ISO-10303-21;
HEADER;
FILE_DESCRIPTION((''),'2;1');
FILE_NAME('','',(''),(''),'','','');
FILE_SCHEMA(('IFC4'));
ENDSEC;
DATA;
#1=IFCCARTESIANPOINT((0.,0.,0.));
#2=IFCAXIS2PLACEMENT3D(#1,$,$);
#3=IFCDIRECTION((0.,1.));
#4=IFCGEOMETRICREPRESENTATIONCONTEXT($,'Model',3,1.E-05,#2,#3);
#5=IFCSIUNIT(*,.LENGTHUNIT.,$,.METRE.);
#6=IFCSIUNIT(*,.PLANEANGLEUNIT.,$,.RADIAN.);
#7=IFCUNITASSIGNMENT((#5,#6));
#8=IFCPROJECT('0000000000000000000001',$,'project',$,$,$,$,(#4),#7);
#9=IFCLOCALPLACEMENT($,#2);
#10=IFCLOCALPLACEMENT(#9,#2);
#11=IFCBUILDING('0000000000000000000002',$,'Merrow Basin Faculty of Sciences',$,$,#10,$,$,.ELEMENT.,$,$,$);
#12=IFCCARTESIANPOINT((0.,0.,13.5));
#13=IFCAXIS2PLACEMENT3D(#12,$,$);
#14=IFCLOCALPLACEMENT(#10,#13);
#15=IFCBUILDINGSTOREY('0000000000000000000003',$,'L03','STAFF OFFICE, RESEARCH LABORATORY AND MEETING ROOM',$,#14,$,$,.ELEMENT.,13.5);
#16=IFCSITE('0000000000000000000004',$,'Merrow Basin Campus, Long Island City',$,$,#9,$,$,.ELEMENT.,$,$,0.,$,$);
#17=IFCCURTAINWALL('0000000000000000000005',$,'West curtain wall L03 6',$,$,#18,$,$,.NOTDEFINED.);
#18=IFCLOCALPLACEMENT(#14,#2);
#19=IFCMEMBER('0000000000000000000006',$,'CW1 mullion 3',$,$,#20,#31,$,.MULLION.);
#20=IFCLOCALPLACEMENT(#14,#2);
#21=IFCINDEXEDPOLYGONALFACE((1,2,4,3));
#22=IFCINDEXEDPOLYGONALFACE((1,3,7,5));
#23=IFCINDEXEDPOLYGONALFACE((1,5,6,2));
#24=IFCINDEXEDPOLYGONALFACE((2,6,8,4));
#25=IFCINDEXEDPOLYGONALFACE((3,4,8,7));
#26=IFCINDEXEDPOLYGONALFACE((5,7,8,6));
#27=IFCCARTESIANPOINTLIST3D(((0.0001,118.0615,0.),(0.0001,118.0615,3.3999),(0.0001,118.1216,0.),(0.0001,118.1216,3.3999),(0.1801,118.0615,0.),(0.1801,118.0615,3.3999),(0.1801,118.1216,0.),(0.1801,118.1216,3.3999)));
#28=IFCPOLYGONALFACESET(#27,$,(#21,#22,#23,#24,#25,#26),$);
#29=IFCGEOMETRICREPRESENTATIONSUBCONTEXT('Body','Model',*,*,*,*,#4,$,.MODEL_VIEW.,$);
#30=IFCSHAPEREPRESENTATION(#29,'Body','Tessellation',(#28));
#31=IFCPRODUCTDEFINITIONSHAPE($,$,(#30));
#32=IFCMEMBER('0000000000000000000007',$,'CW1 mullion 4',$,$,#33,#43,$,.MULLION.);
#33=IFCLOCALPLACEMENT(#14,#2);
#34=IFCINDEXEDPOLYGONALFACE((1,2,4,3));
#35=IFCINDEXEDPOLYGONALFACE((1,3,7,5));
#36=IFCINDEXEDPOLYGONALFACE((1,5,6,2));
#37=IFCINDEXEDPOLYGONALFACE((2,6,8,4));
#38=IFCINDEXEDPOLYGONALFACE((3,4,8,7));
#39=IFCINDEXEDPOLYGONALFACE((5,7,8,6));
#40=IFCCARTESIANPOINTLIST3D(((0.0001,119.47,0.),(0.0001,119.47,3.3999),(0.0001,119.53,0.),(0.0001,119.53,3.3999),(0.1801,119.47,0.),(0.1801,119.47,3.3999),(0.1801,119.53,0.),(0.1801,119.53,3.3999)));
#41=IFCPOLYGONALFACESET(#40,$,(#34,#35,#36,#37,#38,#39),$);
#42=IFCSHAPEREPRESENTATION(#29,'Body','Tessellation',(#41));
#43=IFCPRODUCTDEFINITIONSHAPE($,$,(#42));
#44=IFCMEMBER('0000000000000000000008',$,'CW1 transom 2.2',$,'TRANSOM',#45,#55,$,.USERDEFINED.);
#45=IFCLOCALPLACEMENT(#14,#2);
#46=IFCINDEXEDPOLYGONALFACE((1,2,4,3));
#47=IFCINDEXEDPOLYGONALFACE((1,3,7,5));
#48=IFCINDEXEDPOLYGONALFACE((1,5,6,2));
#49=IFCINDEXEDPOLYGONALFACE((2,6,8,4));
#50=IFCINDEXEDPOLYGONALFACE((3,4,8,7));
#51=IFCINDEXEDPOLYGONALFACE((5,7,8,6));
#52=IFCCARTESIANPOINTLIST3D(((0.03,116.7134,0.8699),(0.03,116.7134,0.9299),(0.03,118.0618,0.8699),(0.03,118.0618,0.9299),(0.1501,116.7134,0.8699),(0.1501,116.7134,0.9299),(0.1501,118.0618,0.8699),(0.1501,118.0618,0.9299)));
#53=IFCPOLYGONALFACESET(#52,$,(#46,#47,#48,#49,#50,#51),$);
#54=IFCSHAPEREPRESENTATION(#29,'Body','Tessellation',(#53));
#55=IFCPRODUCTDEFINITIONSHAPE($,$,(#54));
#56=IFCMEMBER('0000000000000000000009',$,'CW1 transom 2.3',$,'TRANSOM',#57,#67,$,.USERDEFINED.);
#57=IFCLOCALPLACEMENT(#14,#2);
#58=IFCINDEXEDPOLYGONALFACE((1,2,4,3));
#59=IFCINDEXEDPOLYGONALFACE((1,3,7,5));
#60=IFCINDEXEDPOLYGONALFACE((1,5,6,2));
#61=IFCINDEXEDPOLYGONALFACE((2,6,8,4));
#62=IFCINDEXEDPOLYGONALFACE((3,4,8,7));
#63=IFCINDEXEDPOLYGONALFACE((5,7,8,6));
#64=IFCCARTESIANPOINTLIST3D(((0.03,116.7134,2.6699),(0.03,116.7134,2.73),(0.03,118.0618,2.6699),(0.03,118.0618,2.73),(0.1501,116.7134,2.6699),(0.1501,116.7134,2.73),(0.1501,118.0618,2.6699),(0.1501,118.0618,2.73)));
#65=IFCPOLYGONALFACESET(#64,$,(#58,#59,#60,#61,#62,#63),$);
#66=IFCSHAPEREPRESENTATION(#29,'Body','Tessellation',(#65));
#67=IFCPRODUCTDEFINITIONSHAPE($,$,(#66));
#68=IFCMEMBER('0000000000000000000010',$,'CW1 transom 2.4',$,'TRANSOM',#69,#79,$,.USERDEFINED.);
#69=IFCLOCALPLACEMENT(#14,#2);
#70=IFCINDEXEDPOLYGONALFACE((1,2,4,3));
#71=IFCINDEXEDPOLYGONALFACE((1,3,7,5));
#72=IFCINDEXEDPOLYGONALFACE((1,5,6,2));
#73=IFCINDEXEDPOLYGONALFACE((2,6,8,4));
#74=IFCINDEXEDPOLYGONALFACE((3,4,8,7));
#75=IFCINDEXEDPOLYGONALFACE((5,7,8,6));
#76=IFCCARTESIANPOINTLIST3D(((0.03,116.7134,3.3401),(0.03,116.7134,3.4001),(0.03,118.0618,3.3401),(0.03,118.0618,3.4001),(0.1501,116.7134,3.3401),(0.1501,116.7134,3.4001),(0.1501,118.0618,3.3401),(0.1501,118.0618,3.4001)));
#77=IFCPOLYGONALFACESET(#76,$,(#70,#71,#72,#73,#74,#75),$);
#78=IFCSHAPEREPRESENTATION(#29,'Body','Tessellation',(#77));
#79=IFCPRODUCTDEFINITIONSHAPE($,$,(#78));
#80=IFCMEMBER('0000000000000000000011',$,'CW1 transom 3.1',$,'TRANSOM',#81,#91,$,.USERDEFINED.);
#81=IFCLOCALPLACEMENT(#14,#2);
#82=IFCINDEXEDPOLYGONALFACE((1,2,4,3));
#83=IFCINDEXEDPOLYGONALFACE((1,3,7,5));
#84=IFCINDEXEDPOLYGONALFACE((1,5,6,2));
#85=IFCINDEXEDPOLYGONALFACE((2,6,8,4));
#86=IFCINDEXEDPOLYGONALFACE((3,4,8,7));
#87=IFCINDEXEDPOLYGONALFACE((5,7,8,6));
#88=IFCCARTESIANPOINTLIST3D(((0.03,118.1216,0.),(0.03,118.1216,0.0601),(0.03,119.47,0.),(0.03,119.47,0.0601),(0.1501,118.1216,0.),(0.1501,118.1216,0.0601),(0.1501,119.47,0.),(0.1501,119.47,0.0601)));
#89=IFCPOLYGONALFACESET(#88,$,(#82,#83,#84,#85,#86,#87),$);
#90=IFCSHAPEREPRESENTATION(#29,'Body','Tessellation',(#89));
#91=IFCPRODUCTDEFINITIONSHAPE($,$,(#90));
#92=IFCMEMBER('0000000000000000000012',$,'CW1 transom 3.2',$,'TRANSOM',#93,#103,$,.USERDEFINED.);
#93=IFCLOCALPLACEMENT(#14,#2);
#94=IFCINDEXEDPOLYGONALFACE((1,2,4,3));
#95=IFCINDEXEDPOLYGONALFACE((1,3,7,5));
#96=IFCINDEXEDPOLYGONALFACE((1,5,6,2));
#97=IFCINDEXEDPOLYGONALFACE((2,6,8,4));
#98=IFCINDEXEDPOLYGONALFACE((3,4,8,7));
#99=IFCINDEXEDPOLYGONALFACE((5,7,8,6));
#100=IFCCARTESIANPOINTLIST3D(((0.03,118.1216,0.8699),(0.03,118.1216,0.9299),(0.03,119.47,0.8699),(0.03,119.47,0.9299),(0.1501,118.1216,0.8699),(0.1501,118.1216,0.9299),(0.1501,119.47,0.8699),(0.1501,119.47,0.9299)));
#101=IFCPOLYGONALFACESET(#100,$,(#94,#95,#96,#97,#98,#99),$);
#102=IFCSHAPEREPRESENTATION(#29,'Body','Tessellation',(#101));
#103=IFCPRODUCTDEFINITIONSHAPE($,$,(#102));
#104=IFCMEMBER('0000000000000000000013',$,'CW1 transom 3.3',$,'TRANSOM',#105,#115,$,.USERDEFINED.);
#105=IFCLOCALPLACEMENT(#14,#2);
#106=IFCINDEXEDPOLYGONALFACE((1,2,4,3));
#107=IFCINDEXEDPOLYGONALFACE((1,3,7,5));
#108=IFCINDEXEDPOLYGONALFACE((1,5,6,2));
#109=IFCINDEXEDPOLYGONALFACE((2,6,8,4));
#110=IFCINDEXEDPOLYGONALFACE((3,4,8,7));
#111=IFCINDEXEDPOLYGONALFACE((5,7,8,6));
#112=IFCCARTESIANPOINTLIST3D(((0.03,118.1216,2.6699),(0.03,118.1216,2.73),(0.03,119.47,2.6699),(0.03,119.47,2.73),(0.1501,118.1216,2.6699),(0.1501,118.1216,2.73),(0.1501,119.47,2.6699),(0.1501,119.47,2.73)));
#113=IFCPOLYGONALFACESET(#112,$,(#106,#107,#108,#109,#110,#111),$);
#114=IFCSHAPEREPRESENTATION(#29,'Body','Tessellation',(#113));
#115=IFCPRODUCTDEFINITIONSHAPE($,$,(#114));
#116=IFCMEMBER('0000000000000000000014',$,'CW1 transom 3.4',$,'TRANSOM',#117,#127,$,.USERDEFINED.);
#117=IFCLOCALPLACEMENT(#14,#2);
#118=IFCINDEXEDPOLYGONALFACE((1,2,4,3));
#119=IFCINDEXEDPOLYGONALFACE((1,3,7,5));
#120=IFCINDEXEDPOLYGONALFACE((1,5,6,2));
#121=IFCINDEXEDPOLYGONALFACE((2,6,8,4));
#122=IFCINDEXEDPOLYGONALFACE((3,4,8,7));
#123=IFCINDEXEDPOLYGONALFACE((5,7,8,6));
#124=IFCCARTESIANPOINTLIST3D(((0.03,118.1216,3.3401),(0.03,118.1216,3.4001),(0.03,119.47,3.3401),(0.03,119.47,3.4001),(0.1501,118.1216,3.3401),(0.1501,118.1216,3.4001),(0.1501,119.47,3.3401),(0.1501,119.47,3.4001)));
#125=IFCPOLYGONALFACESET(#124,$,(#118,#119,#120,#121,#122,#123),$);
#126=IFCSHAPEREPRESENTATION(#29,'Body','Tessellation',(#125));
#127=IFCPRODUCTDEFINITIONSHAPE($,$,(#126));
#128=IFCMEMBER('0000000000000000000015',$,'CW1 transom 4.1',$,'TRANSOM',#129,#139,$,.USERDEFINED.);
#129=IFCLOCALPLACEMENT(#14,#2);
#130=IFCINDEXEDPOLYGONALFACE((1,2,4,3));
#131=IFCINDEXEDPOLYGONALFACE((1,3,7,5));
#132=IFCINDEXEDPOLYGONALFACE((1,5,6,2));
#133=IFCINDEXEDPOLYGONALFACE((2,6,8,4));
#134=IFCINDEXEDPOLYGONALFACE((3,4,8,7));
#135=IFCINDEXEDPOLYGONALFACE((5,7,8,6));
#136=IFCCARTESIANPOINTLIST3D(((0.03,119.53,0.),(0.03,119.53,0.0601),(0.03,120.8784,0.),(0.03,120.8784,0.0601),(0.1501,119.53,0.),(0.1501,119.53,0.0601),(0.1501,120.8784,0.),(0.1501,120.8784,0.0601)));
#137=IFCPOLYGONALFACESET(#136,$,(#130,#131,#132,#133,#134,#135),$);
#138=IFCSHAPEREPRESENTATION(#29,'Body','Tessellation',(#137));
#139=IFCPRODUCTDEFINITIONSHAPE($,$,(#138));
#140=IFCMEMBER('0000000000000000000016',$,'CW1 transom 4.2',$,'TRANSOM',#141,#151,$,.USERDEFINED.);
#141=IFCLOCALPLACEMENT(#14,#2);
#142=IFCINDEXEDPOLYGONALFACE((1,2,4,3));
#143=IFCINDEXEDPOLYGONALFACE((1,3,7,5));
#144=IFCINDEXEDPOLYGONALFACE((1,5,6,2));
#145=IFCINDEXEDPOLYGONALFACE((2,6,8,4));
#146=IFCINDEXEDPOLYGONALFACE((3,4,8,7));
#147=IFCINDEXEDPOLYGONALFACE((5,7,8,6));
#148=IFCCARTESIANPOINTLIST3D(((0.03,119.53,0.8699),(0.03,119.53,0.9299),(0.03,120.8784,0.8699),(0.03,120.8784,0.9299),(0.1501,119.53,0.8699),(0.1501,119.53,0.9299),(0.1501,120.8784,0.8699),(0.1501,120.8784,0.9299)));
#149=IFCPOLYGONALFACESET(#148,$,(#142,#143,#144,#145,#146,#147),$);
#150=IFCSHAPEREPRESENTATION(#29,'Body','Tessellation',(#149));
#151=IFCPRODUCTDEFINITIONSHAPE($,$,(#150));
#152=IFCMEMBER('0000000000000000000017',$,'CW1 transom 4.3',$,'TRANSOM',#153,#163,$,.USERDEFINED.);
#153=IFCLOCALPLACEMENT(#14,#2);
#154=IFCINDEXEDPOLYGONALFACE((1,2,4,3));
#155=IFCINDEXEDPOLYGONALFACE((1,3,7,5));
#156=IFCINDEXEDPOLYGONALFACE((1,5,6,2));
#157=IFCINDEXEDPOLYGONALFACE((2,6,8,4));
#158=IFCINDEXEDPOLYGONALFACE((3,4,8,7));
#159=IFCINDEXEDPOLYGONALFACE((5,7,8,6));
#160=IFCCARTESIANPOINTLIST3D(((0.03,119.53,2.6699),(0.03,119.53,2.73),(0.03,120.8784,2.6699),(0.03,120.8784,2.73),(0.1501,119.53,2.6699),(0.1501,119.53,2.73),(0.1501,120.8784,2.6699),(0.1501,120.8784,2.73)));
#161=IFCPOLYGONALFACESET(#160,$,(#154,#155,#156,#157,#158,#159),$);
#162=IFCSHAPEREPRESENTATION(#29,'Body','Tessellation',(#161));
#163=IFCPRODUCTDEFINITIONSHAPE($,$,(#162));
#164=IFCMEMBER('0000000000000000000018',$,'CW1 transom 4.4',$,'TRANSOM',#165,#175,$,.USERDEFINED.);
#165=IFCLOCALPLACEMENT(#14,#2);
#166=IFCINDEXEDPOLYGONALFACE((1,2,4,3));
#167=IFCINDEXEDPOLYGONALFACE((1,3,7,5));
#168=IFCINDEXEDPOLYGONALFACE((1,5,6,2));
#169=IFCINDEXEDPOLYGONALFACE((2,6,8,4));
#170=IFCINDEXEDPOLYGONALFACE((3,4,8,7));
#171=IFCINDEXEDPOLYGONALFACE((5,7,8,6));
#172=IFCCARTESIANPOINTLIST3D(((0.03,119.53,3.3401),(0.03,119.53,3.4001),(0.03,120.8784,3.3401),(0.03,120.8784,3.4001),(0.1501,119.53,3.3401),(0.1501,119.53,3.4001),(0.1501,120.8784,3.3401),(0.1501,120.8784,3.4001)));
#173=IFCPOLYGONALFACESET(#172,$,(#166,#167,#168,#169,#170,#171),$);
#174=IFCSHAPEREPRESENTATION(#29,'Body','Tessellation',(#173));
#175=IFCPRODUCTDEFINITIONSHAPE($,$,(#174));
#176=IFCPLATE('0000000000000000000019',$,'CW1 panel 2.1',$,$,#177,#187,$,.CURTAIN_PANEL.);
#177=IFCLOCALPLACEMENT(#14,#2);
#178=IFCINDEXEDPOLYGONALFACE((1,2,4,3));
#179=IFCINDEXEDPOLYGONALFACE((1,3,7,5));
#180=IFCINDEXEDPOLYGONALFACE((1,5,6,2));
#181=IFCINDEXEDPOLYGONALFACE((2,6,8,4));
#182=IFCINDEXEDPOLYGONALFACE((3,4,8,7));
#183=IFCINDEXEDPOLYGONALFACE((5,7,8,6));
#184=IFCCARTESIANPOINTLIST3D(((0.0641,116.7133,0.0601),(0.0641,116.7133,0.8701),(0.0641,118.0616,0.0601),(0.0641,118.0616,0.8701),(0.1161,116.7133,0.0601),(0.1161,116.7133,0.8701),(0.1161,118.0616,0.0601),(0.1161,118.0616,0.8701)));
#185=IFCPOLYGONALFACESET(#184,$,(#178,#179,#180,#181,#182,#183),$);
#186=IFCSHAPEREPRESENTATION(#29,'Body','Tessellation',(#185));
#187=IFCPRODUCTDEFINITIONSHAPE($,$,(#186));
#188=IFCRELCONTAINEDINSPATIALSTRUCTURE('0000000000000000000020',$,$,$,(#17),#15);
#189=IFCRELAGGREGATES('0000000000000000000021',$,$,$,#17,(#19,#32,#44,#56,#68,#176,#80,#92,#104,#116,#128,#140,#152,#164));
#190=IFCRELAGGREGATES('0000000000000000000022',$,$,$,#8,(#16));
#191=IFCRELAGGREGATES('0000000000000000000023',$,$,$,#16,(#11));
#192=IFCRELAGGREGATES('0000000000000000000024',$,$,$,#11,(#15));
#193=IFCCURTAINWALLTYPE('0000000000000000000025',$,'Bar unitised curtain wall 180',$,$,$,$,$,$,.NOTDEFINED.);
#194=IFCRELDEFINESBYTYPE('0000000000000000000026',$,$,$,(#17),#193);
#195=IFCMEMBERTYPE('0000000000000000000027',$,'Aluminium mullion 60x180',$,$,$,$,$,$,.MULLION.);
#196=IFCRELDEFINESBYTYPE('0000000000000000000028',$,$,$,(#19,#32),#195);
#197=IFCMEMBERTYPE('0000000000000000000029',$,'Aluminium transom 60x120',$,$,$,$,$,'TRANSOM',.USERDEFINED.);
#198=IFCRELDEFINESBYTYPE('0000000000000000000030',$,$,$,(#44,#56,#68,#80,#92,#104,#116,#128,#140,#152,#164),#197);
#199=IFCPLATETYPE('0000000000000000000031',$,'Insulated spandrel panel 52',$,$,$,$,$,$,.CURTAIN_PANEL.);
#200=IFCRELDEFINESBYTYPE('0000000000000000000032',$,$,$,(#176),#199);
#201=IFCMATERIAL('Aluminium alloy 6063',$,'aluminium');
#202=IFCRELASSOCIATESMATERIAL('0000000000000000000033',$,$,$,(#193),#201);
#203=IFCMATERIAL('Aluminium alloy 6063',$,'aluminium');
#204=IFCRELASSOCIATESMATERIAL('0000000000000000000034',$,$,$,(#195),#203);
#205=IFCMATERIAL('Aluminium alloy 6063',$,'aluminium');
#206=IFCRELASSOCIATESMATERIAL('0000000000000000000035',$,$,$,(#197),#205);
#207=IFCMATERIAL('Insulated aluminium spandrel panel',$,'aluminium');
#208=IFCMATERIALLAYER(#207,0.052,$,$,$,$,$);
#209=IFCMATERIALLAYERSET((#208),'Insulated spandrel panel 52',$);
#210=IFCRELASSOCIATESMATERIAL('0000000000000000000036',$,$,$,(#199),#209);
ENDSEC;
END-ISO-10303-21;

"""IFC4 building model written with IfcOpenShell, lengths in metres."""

from ifc_helpers import new_model, si_unit, direction, frame, origin, origin_2d, place, context, subcontext, project, spatial, rectangle, extrude, material, layer, layer_set, material_profile, profile_set, type_object, element, aggregate, save


model = new_model("IFC4")

# Units and contexts
model_context = context("Model", 3, precision=1e-05, world=origin(), true_north=direction((0.0, 1.0)))
body_context = subcontext(model_context, "Body", "Model", "MODEL_VIEW")
ifc_project = project(units=[si_unit("LENGTHUNIT", "METRE"), si_unit("PLANEANGLEUNIT", "RADIAN")], contexts=[model_context])

# Site, building, storey
site_placement = place(None, origin())
site = spatial("IfcSite", under=ifc_project, at=site_placement, Name="Merrow Basin Campus, Long Island City", CompositionType="ELEMENT", RefElevation=0.0)
building_placement = place(site_placement, origin())
building = spatial("IfcBuilding", under=site, at=building_placement, Name="Merrow Basin Faculty of Sciences", CompositionType="ELEMENT")
storey_placement = place(building_placement, frame((0.0, 0.0, 13.5)))
storey = spatial("IfcBuildingStorey", under=building, at=storey_placement, Name="L03", Description="STAFF OFFICE, RESEARCH LABORATORY AND MEETING ROOM", CompositionType="ELEMENT", Elevation=13.5)

# Curtain wall, members, plate
ifc_material_1 = material(Name="Aluminium alloy 6063", Category="aluminium")
curtain_wall_type = type_object("IfcCurtainWallType", Name="Bar unitised curtain wall 180", PredefinedType="NOTDEFINED", material=ifc_material_1)
curtain_wall_placement = place(storey_placement, origin())
curtain_wall = element("IfcCurtainWall", 1, at=curtain_wall_placement, inside=storey, type_object=curtain_wall_type, Name="West curtain wall L03 6", PredefinedType="NOTDEFINED")
ifc_material_2 = material(Name="Aluminium alloy 6063", Category="aluminium")
ifc_material_profile_1 = material_profile(ifc_material_2, rectangle(XDim=0.1799, YDim=0.0601, at=origin_2d()))
ifc_profile_set_1 = profile_set([ifc_material_profile_1], Name="Aluminium alloy 6063")
member_type_1 = type_object("IfcMemberType", Name="Aluminium mullion 60x180", PredefinedType="MULLION", material=ifc_profile_set_1)
member_1_placement = place(storey_placement, frame((0.0901, 118.0916, 0.0), z_axis=(0.0, 0.0, 1.0), x_axis=(-1.0, 0.0, 0.0)))
member_1 = element("IfcMember", 2, at=member_1_placement, type_object=member_type_1, Name="CW1 mullion 3", PredefinedType="MULLION", context=body_context, shape_type="SweptSolid", body=[
    extrude(rectangle(XDim=0.1799, YDim=0.0601, at=origin_2d()), origin(), (0.0, 0.0, 1.0), 3.3999),
])
member_2_placement = place(storey_placement, frame((0.0901, 119.5, 0.0), z_axis=(0.0, 0.0, 1.0), x_axis=(-1.0, 0.0, 0.0)))
member_2 = element("IfcMember", 3, at=member_2_placement, type_object=member_type_1, Name="CW1 mullion 4", PredefinedType="MULLION", context=body_context, shape_type="SweptSolid", body=[
    extrude(rectangle(XDim=0.1799, YDim=0.0601, at=origin_2d()), origin(), (0.0, 0.0, 1.0), 3.3999),
])
ifc_material_3 = material(Name="Aluminium alloy 6063", Category="aluminium")
ifc_material_profile_2 = material_profile(ifc_material_3, rectangle(XDim=0.1201, YDim=0.0601, at=origin_2d()))
ifc_profile_set_2 = profile_set([ifc_material_profile_2], Name="Aluminium alloy 6063")
member_type_2 = type_object("IfcMemberType", Name="Aluminium transom 60x120", ElementType="TRANSOM", PredefinedType="USERDEFINED", material=ifc_profile_set_2)
member_3_placement = place(storey_placement, frame((0.0901, 116.7134, 0.8999), z_axis=(0.0, 1.0, 0.0), x_axis=(-1.0, 0.0, 0.0)))
member_3 = element("IfcMember", 4, at=member_3_placement, type_object=member_type_2, Name="CW1 transom 2.2", ObjectType="TRANSOM", PredefinedType="USERDEFINED", context=body_context, shape_type="SweptSolid", body=[
    extrude(rectangle(XDim=0.1201, YDim=0.0601, at=origin_2d()), origin(), (0.0, 0.0, 1.0), 1.3484),
])
member_4_placement = place(storey_placement, frame((0.0901, 116.7134, 2.7), z_axis=(0.0, 1.0, 0.0), x_axis=(-1.0, 0.0, 0.0)))
member_4 = element("IfcMember", 5, at=member_4_placement, type_object=member_type_2, Name="CW1 transom 2.3", ObjectType="TRANSOM", PredefinedType="USERDEFINED", context=body_context, shape_type="SweptSolid", body=[
    extrude(rectangle(XDim=0.1201, YDim=0.0601, at=origin_2d()), origin(), (0.0, 0.0, 1.0), 1.3484),
])
member_5_placement = place(storey_placement, frame((0.0901, 116.7134, 3.3701), z_axis=(0.0, 1.0, 0.0), x_axis=(-1.0, 0.0, 0.0)))
member_5 = element("IfcMember", 6, at=member_5_placement, type_object=member_type_2, Name="CW1 transom 2.4", ObjectType="TRANSOM", PredefinedType="USERDEFINED", context=body_context, shape_type="SweptSolid", body=[
    extrude(rectangle(XDim=0.1201, YDim=0.0601, at=origin_2d()), origin(), (0.0, 0.0, 1.0), 1.3484),
])
member_6_placement = place(storey_placement, frame((0.0901, 118.1216, 0.03), z_axis=(0.0, 1.0, 0.0), x_axis=(-1.0, 0.0, 0.0)))
member_6 = element("IfcMember", 7, at=member_6_placement, type_object=member_type_2, Name="CW1 transom 3.1", ObjectType="TRANSOM", PredefinedType="USERDEFINED", context=body_context, shape_type="SweptSolid", body=[
    extrude(rectangle(XDim=0.1201, YDim=0.0601, at=origin_2d()), origin(), (0.0, 0.0, 1.0), 1.3484),
])
member_7_placement = place(storey_placement, frame((0.0901, 118.1216, 0.8999), z_axis=(0.0, 1.0, 0.0), x_axis=(-1.0, 0.0, 0.0)))
member_7 = element("IfcMember", 8, at=member_7_placement, type_object=member_type_2, Name="CW1 transom 3.2", ObjectType="TRANSOM", PredefinedType="USERDEFINED", context=body_context, shape_type="SweptSolid", body=[
    extrude(rectangle(XDim=0.1201, YDim=0.0601, at=origin_2d()), origin(), (0.0, 0.0, 1.0), 1.3484),
])
member_8_placement = place(storey_placement, frame((0.0901, 118.1216, 2.7), z_axis=(0.0, 1.0, 0.0), x_axis=(-1.0, 0.0, 0.0)))
member_8 = element("IfcMember", 9, at=member_8_placement, type_object=member_type_2, Name="CW1 transom 3.3", ObjectType="TRANSOM", PredefinedType="USERDEFINED", context=body_context, shape_type="SweptSolid", body=[
    extrude(rectangle(XDim=0.1201, YDim=0.0601, at=origin_2d()), origin(), (0.0, 0.0, 1.0), 1.3484),
])
member_9_placement = place(storey_placement, frame((0.0901, 118.1216, 3.3701), z_axis=(0.0, 1.0, 0.0), x_axis=(-1.0, 0.0, 0.0)))
member_9 = element("IfcMember", 10, at=member_9_placement, type_object=member_type_2, Name="CW1 transom 3.4", ObjectType="TRANSOM", PredefinedType="USERDEFINED", context=body_context, shape_type="SweptSolid", body=[
    extrude(rectangle(XDim=0.1201, YDim=0.0601, at=origin_2d()), origin(), (0.0, 0.0, 1.0), 1.3484),
])
member_10_placement = place(storey_placement, frame((0.0901, 119.53, 0.03), z_axis=(0.0, 1.0, 0.0), x_axis=(-1.0, 0.0, 0.0)))
member_10 = element("IfcMember", 11, at=member_10_placement, type_object=member_type_2, Name="CW1 transom 4.1", ObjectType="TRANSOM", PredefinedType="USERDEFINED", context=body_context, shape_type="SweptSolid", body=[
    extrude(rectangle(XDim=0.1201, YDim=0.0601, at=origin_2d()), origin(), (0.0, 0.0, 1.0), 1.3484),
])
member_11_placement = place(storey_placement, frame((0.0901, 119.53, 0.8999), z_axis=(0.0, 1.0, 0.0), x_axis=(-1.0, 0.0, 0.0)))
member_11 = element("IfcMember", 12, at=member_11_placement, type_object=member_type_2, Name="CW1 transom 4.2", ObjectType="TRANSOM", PredefinedType="USERDEFINED", context=body_context, shape_type="SweptSolid", body=[
    extrude(rectangle(XDim=0.1201, YDim=0.0601, at=origin_2d()), origin(), (0.0, 0.0, 1.0), 1.3484),
])
member_12_placement = place(storey_placement, frame((0.0901, 119.53, 2.7), z_axis=(0.0, 1.0, 0.0), x_axis=(-1.0, 0.0, 0.0)))
member_12 = element("IfcMember", 13, at=member_12_placement, type_object=member_type_2, Name="CW1 transom 4.3", ObjectType="TRANSOM", PredefinedType="USERDEFINED", context=body_context, shape_type="SweptSolid", body=[
    extrude(rectangle(XDim=0.1201, YDim=0.0601, at=origin_2d()), origin(), (0.0, 0.0, 1.0), 1.3484),
])
member_13_placement = place(storey_placement, frame((0.0901, 119.53, 3.3701), z_axis=(0.0, 1.0, 0.0), x_axis=(-1.0, 0.0, 0.0)))
member_13 = element("IfcMember", 14, at=member_13_placement, type_object=member_type_2, Name="CW1 transom 4.4", ObjectType="TRANSOM", PredefinedType="USERDEFINED", context=body_context, shape_type="SweptSolid", body=[
    extrude(rectangle(XDim=0.1201, YDim=0.0601, at=origin_2d()), origin(), (0.0, 0.0, 1.0), 1.3484),
])
ifc_material_4 = material(Name="Insulated aluminium spandrel panel", Category="aluminium")
ifc_layer_1 = layer(ifc_material_4, 0.052)
ifc_layer_set_1 = layer_set([ifc_layer_1], Name="Insulated spandrel panel 52")
plate_type_1 = type_object("IfcPlateType", Name="Insulated spandrel panel 52", PredefinedType="CURTAIN_PANEL", material=ifc_layer_set_1)
plate_1_placement = place(storey_placement, frame((0.0901, 117.3875, 0.0601), z_axis=(0.0, 0.0, 1.0), x_axis=(0.0, 1.0, 0.0)))
plate_1 = element("IfcPlate", 15, at=plate_1_placement, type_object=plate_type_1, Name="CW1 panel 2.1", PredefinedType="CURTAIN_PANEL", context=body_context, shape_type="SweptSolid", body=[
    extrude(rectangle(XDim=1.3484, YDim=0.052, at=origin_2d()), origin(), (0.0, 0.0, 1.0), 0.8101),
])
aggregate(curtain_wall, [member_1, member_2, member_3, member_4, member_5, plate_1, member_6, member_7, member_8, member_9, member_10, member_11, member_12, member_13])

save(model, "model.ifc")
